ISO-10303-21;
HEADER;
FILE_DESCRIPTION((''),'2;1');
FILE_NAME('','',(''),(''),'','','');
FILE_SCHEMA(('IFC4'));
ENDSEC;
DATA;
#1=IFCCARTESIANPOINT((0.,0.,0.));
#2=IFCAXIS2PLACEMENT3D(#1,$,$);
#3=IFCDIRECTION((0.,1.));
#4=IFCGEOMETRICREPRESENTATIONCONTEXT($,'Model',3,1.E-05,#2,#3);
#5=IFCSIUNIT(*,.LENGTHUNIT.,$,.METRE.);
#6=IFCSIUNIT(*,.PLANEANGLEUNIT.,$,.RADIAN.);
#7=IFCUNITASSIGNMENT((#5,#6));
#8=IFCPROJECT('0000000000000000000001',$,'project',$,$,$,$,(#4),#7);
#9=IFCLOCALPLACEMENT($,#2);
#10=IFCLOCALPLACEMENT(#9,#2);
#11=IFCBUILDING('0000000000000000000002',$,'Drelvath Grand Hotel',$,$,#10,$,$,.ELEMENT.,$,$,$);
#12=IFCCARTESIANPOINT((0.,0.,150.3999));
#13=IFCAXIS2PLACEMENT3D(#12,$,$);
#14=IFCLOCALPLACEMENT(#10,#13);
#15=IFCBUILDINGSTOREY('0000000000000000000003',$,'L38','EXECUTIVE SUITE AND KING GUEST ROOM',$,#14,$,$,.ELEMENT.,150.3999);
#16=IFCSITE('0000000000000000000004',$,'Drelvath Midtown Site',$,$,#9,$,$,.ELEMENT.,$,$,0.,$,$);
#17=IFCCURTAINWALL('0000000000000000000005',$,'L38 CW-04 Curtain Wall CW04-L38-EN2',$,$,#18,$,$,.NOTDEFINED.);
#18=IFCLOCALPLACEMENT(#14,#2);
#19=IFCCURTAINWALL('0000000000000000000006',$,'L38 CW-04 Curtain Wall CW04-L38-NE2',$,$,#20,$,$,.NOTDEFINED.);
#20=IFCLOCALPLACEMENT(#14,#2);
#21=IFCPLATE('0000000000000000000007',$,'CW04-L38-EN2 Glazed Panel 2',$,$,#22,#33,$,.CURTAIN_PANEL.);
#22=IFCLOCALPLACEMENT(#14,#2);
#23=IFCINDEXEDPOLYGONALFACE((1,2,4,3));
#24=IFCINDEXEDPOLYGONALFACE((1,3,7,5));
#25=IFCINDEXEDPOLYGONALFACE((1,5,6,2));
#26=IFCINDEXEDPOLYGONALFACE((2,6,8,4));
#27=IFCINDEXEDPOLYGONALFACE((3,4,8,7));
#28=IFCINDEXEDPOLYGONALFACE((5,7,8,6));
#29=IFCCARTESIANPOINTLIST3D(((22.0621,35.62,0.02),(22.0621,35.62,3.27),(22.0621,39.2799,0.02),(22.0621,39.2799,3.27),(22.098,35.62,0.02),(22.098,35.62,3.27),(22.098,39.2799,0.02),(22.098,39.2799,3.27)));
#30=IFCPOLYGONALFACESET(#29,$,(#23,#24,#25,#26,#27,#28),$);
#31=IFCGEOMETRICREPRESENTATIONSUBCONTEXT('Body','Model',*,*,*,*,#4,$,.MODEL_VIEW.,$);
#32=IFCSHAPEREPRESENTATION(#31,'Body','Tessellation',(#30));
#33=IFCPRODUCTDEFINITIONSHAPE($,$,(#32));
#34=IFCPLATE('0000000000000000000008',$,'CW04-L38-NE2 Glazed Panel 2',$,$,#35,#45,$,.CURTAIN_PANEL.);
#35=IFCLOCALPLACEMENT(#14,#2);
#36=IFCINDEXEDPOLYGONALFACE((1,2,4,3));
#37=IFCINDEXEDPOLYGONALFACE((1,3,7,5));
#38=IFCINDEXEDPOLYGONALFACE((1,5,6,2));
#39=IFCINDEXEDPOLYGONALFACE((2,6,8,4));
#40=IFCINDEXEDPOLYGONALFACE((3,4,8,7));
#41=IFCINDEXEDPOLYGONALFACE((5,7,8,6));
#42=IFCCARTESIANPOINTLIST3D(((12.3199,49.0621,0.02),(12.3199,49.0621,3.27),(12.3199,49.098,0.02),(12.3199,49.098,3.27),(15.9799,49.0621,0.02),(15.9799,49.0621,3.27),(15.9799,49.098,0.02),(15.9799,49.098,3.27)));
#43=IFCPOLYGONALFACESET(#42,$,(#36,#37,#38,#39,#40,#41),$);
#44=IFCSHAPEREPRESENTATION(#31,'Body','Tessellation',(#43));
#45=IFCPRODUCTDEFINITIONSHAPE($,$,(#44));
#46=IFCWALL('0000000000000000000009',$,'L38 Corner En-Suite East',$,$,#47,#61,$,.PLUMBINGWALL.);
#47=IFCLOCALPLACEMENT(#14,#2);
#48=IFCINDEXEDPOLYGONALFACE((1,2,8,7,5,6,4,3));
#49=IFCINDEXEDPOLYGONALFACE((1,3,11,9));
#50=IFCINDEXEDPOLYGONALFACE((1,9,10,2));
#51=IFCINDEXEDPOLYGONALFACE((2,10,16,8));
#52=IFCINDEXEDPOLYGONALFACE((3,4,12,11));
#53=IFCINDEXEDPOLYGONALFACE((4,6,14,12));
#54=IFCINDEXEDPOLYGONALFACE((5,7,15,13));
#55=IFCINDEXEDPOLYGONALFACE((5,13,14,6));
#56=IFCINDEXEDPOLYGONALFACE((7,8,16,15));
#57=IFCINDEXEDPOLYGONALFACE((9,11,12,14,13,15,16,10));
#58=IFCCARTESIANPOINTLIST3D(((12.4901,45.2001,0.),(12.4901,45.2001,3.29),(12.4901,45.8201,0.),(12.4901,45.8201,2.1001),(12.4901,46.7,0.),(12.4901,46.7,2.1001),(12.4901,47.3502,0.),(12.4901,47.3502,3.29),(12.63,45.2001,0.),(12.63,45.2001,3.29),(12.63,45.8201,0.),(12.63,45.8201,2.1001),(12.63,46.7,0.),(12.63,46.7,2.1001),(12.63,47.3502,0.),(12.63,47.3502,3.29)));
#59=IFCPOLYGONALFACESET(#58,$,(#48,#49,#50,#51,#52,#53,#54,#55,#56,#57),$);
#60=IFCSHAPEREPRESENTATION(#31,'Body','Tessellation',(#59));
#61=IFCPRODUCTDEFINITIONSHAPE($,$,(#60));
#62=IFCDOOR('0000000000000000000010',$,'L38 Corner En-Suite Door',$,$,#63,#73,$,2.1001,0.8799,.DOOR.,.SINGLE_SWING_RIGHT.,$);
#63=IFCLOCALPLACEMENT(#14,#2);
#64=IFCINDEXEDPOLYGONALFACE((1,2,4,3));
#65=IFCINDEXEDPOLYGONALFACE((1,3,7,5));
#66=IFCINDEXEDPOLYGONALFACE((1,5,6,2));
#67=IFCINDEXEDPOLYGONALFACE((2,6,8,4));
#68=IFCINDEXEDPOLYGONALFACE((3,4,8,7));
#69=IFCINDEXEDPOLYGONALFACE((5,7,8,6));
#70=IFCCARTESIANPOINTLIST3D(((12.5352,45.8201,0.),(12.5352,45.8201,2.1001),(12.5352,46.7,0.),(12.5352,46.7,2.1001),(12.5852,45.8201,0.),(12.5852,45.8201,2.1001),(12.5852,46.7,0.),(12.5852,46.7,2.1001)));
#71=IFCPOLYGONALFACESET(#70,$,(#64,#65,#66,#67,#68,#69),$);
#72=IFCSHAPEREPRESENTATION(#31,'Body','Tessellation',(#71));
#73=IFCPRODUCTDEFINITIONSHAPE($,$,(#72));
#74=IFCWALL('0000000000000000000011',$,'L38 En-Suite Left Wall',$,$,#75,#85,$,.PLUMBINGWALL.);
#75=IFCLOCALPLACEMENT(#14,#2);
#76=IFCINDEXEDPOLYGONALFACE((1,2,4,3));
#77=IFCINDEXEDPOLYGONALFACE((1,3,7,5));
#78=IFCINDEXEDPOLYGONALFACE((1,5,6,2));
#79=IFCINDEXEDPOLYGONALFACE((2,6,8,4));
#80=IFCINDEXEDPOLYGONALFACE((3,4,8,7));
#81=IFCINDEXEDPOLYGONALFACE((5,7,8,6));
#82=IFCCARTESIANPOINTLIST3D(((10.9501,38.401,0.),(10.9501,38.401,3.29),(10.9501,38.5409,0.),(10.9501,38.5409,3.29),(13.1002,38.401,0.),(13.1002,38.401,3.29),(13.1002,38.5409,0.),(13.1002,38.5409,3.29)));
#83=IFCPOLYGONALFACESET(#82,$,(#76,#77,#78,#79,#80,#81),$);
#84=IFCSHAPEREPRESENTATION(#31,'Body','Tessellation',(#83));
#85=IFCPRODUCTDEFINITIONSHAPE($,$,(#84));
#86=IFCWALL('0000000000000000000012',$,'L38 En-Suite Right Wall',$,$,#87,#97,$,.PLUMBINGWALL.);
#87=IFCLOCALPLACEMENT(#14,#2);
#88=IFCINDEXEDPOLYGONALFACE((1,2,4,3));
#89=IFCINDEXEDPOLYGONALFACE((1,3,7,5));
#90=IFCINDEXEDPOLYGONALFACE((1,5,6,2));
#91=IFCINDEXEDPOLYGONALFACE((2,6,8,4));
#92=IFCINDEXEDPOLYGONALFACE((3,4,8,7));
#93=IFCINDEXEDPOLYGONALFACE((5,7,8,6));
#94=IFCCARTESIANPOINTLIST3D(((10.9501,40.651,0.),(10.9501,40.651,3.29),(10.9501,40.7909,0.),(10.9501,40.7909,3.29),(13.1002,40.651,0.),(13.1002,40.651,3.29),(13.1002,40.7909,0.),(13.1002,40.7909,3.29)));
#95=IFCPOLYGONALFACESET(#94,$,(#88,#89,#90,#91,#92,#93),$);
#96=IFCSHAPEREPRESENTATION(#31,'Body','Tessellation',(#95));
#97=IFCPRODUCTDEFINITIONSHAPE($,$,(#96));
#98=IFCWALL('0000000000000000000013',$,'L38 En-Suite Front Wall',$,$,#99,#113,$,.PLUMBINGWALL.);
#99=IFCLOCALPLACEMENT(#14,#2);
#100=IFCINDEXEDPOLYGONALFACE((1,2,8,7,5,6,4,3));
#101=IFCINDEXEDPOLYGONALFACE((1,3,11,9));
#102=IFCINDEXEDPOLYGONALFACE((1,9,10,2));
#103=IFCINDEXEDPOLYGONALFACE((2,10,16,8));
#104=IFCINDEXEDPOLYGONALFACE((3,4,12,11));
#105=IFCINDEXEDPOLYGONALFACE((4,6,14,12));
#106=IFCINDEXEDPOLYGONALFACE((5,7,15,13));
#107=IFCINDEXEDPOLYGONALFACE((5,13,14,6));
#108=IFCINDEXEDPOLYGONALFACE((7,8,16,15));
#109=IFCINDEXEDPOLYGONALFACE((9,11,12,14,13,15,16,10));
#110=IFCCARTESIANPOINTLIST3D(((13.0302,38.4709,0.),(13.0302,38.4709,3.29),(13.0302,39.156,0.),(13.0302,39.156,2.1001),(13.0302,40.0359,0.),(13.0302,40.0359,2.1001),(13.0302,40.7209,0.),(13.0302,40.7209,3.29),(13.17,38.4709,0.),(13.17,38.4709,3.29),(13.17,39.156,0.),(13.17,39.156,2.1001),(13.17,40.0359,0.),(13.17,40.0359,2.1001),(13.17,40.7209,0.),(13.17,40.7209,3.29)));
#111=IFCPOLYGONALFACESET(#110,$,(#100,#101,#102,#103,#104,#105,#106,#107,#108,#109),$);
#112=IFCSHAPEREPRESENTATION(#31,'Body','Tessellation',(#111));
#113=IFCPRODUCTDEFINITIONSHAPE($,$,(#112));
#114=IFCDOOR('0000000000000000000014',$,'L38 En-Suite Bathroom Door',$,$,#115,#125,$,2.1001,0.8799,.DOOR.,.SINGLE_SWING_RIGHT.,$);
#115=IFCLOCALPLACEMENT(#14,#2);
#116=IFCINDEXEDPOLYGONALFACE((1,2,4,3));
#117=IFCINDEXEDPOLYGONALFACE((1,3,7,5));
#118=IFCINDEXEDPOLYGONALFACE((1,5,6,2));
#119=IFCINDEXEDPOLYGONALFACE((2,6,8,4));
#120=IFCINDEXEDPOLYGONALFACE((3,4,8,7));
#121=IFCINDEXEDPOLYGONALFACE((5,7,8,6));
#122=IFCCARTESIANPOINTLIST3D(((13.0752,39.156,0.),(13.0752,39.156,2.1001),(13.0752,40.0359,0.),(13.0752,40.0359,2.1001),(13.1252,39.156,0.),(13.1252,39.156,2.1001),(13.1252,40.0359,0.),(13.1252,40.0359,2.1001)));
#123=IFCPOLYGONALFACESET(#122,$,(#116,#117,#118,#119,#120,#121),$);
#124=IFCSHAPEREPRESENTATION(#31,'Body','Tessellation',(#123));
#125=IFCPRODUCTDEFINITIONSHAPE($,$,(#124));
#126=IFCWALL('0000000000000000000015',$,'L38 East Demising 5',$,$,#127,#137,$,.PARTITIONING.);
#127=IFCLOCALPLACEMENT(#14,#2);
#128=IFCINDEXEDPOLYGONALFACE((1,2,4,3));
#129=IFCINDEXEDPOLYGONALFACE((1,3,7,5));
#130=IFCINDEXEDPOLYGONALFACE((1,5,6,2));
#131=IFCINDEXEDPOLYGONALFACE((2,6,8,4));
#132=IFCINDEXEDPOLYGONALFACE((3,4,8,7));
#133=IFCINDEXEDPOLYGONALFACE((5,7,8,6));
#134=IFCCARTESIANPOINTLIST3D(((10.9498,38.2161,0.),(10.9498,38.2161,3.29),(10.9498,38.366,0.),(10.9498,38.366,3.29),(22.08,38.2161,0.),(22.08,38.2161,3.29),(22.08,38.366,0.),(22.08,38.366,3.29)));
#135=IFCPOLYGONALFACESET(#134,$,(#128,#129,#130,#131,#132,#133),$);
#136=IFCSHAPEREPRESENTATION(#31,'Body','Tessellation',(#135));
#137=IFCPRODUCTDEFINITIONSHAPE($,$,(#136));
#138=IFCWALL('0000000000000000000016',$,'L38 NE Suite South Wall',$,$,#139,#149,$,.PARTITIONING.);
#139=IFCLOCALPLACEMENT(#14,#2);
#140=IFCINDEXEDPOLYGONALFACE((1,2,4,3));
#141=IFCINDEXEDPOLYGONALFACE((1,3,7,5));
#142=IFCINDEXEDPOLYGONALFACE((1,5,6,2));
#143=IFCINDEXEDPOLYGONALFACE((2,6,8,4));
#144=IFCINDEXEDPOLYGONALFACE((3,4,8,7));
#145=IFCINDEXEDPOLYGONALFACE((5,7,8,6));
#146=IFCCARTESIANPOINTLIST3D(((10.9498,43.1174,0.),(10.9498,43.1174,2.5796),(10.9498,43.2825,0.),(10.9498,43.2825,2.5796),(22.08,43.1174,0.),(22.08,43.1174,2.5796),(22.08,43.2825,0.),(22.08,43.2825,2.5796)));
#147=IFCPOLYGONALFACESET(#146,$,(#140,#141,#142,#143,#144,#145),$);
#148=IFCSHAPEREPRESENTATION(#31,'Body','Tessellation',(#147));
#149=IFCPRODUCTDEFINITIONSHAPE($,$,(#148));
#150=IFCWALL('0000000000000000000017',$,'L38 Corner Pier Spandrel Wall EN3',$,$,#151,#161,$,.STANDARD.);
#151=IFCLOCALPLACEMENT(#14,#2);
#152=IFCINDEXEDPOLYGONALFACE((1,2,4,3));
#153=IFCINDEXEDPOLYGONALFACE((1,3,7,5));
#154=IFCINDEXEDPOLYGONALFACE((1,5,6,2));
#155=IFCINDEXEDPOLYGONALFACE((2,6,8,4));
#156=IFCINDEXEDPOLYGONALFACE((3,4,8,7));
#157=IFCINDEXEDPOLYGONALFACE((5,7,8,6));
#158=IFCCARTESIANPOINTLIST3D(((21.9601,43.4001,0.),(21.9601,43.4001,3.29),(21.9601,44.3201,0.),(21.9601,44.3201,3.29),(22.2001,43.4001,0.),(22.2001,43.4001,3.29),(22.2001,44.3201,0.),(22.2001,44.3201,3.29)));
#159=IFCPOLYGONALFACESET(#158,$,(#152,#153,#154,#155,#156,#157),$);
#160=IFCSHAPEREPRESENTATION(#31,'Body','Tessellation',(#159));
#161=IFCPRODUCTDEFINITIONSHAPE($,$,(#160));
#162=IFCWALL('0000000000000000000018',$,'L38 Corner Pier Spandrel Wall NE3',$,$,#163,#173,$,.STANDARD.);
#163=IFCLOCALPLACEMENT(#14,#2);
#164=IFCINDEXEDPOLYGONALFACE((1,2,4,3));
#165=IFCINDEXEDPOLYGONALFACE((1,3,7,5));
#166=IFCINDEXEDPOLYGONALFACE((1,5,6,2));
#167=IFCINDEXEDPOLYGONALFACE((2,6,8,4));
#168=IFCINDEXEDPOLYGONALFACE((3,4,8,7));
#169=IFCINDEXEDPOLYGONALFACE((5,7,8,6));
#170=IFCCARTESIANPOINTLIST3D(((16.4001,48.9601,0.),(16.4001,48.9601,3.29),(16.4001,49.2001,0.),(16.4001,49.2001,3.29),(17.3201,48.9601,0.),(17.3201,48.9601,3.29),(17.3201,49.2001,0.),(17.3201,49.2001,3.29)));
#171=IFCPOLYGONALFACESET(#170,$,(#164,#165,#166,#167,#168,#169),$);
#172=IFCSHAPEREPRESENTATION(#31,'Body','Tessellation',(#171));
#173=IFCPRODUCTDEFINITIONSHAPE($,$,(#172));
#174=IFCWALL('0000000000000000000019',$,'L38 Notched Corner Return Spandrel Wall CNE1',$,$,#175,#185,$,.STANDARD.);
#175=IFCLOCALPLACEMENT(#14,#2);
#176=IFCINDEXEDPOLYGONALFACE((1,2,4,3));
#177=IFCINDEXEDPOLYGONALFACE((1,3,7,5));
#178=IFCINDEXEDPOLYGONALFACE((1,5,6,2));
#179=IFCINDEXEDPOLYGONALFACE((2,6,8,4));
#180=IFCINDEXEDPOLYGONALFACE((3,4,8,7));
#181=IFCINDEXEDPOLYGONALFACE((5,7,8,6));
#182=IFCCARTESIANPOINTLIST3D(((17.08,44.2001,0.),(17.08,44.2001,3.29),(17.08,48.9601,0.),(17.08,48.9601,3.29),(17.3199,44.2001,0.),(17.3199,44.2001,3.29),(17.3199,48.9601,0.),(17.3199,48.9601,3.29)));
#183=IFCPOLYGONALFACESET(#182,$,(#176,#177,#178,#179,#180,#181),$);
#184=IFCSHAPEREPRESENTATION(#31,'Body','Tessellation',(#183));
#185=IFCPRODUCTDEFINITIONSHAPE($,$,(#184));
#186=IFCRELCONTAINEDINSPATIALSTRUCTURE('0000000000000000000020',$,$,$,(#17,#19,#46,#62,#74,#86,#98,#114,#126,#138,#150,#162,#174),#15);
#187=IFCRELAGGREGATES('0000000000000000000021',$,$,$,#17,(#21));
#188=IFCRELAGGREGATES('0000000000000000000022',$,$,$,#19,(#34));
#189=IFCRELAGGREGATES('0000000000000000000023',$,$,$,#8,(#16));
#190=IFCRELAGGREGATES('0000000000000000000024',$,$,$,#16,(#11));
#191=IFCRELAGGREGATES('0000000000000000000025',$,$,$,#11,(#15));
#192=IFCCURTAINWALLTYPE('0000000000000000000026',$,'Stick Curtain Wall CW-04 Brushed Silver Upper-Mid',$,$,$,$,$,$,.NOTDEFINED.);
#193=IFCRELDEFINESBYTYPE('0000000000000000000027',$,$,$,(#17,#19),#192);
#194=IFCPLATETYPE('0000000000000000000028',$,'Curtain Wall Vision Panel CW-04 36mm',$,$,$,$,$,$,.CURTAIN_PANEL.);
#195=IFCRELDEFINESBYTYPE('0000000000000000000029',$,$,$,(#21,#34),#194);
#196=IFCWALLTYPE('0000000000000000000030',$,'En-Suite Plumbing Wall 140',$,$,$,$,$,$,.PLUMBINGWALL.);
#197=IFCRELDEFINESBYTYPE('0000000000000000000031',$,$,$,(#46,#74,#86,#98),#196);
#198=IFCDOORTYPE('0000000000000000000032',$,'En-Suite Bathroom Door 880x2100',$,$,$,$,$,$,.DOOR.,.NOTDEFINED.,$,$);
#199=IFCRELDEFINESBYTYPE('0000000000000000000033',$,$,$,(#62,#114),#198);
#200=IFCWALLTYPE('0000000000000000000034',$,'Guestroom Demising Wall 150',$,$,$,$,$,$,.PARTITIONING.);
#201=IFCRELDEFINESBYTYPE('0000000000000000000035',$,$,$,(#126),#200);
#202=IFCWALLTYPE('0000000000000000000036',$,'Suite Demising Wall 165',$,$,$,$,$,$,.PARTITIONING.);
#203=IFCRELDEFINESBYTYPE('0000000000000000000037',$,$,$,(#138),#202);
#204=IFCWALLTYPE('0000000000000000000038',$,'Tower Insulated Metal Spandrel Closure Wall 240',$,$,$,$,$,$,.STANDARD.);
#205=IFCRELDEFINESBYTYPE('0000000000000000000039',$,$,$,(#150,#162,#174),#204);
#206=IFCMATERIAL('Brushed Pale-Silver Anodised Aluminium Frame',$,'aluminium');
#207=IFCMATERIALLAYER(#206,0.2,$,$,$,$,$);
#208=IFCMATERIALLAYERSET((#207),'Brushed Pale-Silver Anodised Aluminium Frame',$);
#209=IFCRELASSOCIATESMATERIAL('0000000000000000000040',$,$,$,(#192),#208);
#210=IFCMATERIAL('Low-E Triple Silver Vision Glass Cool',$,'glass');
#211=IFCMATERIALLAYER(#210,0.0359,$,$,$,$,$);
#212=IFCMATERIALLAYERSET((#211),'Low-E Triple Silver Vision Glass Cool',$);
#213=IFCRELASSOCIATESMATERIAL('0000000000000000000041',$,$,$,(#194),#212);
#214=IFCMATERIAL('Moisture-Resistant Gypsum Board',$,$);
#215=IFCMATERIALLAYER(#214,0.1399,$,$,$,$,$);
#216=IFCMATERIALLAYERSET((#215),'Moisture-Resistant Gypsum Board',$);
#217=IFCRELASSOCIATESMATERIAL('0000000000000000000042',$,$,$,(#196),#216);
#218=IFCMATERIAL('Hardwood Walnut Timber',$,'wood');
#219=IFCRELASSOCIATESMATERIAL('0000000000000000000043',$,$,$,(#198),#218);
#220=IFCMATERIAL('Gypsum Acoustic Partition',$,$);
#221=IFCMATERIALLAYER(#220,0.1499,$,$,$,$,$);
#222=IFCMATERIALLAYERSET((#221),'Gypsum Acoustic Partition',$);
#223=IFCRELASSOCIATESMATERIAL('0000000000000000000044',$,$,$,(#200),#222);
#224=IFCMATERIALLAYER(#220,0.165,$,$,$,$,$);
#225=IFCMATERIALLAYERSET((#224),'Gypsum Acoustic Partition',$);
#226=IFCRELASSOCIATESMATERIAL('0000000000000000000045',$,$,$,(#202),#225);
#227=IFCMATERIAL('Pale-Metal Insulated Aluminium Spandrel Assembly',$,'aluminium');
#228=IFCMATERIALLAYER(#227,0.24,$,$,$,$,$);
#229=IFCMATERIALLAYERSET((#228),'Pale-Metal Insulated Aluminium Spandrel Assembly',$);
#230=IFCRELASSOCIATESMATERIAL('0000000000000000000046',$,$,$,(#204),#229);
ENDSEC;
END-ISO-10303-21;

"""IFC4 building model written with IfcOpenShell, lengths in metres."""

from ifc_helpers import new_model, si_unit, direction, frame, frame_2d, origin, origin_2d, place, context, subcontext, project, spatial, rectangle, extrude, material, layer, layer_set, type_object, element, fill, aggregate, save


model = new_model("IFC4")

# Units and contexts
model_context = context("Model", 3, precision=1e-05, world=origin(), true_north=direction((0.0, 1.0)))
body_context = subcontext(model_context, "Body", "Model", "MODEL_VIEW")
ifc_project = project(units=[si_unit("LENGTHUNIT", "METRE"), si_unit("PLANEANGLEUNIT", "RADIAN")], contexts=[model_context])

# Site, building, storey
site_placement = place(None, origin())
site = spatial("IfcSite", under=ifc_project, at=site_placement, Name="Drelvath Midtown Site", CompositionType="ELEMENT", RefElevation=0.0)
building_placement = place(site_placement, origin())
building = spatial("IfcBuilding", under=site, at=building_placement, Name="Drelvath Grand Hotel", CompositionType="ELEMENT")
storey_placement = place(building_placement, frame((0.0, 0.0, 150.3999)))
storey = spatial("IfcBuildingStorey", under=building, at=storey_placement, Name="L38", Description="EXECUTIVE SUITE AND KING GUEST ROOM", CompositionType="ELEMENT", Elevation=150.3999)

# Curtain walls
ifc_material_1 = material(Name="Brushed Pale-Silver Anodised Aluminium Frame", Category="aluminium")
ifc_layer_1 = layer(ifc_material_1, 0.2)
ifc_layer_set_1 = layer_set([ifc_layer_1], Name="Brushed Pale-Silver Anodised Aluminium Frame")
curtain_wall_type = type_object("IfcCurtainWallType", Name="Stick Curtain Wall CW-04 Brushed Silver Upper-Mid", PredefinedType="NOTDEFINED", material=ifc_layer_set_1)
curtain_wall_1_placement = place(storey_placement, origin())
curtain_wall_1 = element("IfcCurtainWall", 1, at=curtain_wall_1_placement, inside=storey, type_object=curtain_wall_type, Name="L38 CW-04 Curtain Wall CW04-L38-EN2", PredefinedType="NOTDEFINED")
curtain_wall_2_placement = place(storey_placement, origin())
curtain_wall_2 = element("IfcCurtainWall", 2, at=curtain_wall_2_placement, inside=storey, type_object=curtain_wall_type, Name="L38 CW-04 Curtain Wall CW04-L38-NE2", PredefinedType="NOTDEFINED")

# Plates
ifc_material_2 = material(Name="Low-E Triple Silver Vision Glass Cool", Category="glass")
ifc_layer_2 = layer(ifc_material_2, 0.0359)
ifc_layer_set_2 = layer_set([ifc_layer_2], Name="Low-E Triple Silver Vision Glass Cool")
plate_type = type_object("IfcPlateType", Name="Curtain Wall Vision Panel CW-04 36mm", PredefinedType="CURTAIN_PANEL", material=ifc_layer_set_2)
plate_1_placement = place(storey_placement, frame((22.0801, 37.45, 0.02), z_axis=(0.0, 0.0, 1.0), x_axis=(0.0, -1.0, 0.0)))
plate_1 = element("IfcPlate", 3, at=plate_1_placement, type_object=plate_type, Name="CW04-L38-EN2 Glazed Panel 2", PredefinedType="CURTAIN_PANEL", context=body_context, shape_type="SweptSolid", body=[
    extrude(rectangle(XDim=3.6599, YDim=0.0359, at=origin_2d()), origin(), (0.0, 0.0, 1.0), 3.25),
])
aggregate(curtain_wall_1, [plate_1])
plate_2_placement = place(storey_placement, frame((14.1499, 49.0801, 0.02), z_axis=(0.0, 0.0, 1.0), x_axis=(1.0, 0.0, 0.0)))
plate_2 = element("IfcPlate", 4, at=plate_2_placement, type_object=plate_type, Name="CW04-L38-NE2 Glazed Panel 2", PredefinedType="CURTAIN_PANEL", context=body_context, shape_type="SweptSolid", body=[
    extrude(rectangle(XDim=3.6599, YDim=0.0359, at=origin_2d()), origin(), (0.0, 0.0, 1.0), 3.25),
])
aggregate(curtain_wall_2, [plate_2])

# Wall, opening, door
ifc_material_3 = material(Name="Moisture-Resistant Gypsum Board")
ifc_layer_3 = layer(ifc_material_3, 0.1399)
ifc_layer_set_3 = layer_set([ifc_layer_3], Name="Moisture-Resistant Gypsum Board")
wall_type_1 = type_object("IfcWallType", Name="En-Suite Plumbing Wall 140", PredefinedType="PLUMBINGWALL", material=ifc_layer_set_3)
wall_1_placement = place(storey_placement, frame((12.5601, 45.2, 0.0), z_axis=(0.0, 0.0, 1.0), x_axis=(0.0, 1.0, 0.0)))
wall_1 = element("IfcWall", 5, at=wall_1_placement, inside=storey, type_object=wall_type_1, Name="L38 Corner En-Suite East", PredefinedType="PLUMBINGWALL", context=body_context, shape_type="SweptSolid", body=[
    extrude(rectangle(XDim=2.1501, YDim=0.1399, at=frame_2d((1.0752, 0.0))), origin(), (0.0, 0.0, 1.0), 3.29),
])
opening_1_placement = place(wall_1_placement, frame((0.6201, 0.0, 0.0)))
opening_1 = element("IfcOpeningElement", 6, at=opening_1_placement, cuts=wall_1, PredefinedType="OPENING", context=body_context, shape_type="SweptSolid", body=[
    extrude(rectangle(XDim=0.8799, YDim=2.1001, at=frame_2d((0.4399, 1.05))), frame((0.0, 0.0798, 0.0), z_axis=(0.0, -1.0, 0.0), x_axis=(1.0, 0.0, 0.0)), (0.0, 0.0, 1.0), 0.1599),
])
ifc_material_4 = material(Name="Hardwood Walnut Timber", Category="wood")
door_type = type_object("IfcDoorType", Name="En-Suite Bathroom Door 880x2100", OperationType="NOTDEFINED", PredefinedType="DOOR", material=ifc_material_4)
door_1_placement = place(opening_1_placement, origin())
door_1 = element("IfcDoor", 7, at=door_1_placement, inside=storey, type_object=door_type, Name="L38 Corner En-Suite Door", OperationType="SINGLE_SWING_RIGHT", OverallHeight=2.1001, OverallWidth=0.8799, PredefinedType="DOOR", context=body_context, shape_type="SweptSolid", body=[
    extrude(rectangle(XDim=0.8799, YDim=2.1001, at=frame_2d((0.4399, 1.05))), frame((0.0, 0.0249, 0.0), z_axis=(0.0, -1.0, 0.0), x_axis=(1.0, 0.0, 0.0)), (0.0, 0.0, 1.0), 0.05),
])
fill(opening_1, door_1)

# Walls
for number, where, z_axis, x_axis, name in (
    (8, (10.95, 38.4709, 0.0), (0.0, 0.0, 1.0), (1.0, 0.0, 0.0), "L38 En-Suite Left Wall"),
    (9, (10.95, 40.7209, 0.0), (0.0, 0.0, 1.0), (1.0, 0.0, 0.0), "L38 En-Suite Right Wall"),
):
    element("IfcWall", number, at=place(storey_placement, frame(where, z_axis=z_axis, x_axis=x_axis)), inside=storey, type_object=wall_type_1, Name=name, PredefinedType="PLUMBINGWALL", context=body_context, shape_type="SweptSolid", body=[
        extrude(rectangle(XDim=2.1501, YDim=0.1399, at=frame_2d((1.0752, 0.0))), origin(), (0.0, 0.0, 1.0), 3.29),
    ])

# Wall, opening, door
wall_2_placement = place(storey_placement, frame((13.1001, 38.4709, 0.0), z_axis=(0.0, 0.0, 1.0), x_axis=(0.0, 1.0, 0.0)))
wall_2 = element("IfcWall", 10, at=wall_2_placement, inside=storey, type_object=wall_type_1, Name="L38 En-Suite Front Wall", PredefinedType="PLUMBINGWALL", context=body_context, shape_type="SweptSolid", body=[
    extrude(rectangle(XDim=2.25, YDim=0.1399, at=frame_2d((1.125, 0.0))), origin(), (0.0, 0.0, 1.0), 3.29),
])
opening_2_placement = place(wall_2_placement, frame((0.6851, 0.0, 0.0)))
opening_2 = element("IfcOpeningElement", 11, at=opening_2_placement, cuts=wall_2, PredefinedType="OPENING", context=body_context, shape_type="SweptSolid", body=[
    extrude(rectangle(XDim=0.8799, YDim=2.1001, at=frame_2d((0.4399, 1.05))), frame((0.0, 0.0798, 0.0), z_axis=(0.0, -1.0, 0.0), x_axis=(1.0, 0.0, 0.0)), (0.0, 0.0, 1.0), 0.1599),
])
door_2_placement = place(opening_2_placement, origin())
door_2 = element("IfcDoor", 12, at=door_2_placement, inside=storey, type_object=door_type, Name="L38 En-Suite Bathroom Door", OperationType="SINGLE_SWING_RIGHT", OverallHeight=2.1001, OverallWidth=0.8799, PredefinedType="DOOR", context=body_context, shape_type="SweptSolid", body=[
    extrude(rectangle(XDim=0.8799, YDim=2.1001, at=frame_2d((0.4399, 1.05))), frame((0.0, 0.0249, 0.0), z_axis=(0.0, -1.0, 0.0), x_axis=(1.0, 0.0, 0.0)), (0.0, 0.0, 1.0), 0.05),
])
fill(opening_2, door_2)

# Walls
ifc_material_5 = material(Name="Gypsum Acoustic Partition")
ifc_layer_4 = layer(ifc_material_5, 0.1499)
ifc_layer_set_4 = layer_set([ifc_layer_4], Name="Gypsum Acoustic Partition")
wall_type_2 = type_object("IfcWallType", Name="Guestroom Demising Wall 150", PredefinedType="PARTITIONING", material=ifc_layer_set_4)
wall_3_placement = place(storey_placement, frame((10.95, 38.291, 0.0), z_axis=(0.0, 0.0, 1.0), x_axis=(1.0, 0.0, 0.0)))
element("IfcWall", 13, at=wall_3_placement, inside=storey, type_object=wall_type_2, Name="L38 East Demising 5", PredefinedType="PARTITIONING", context=body_context, shape_type="SweptSolid", body=[
    extrude(rectangle(XDim=11.1301, YDim=0.1499, at=frame_2d((5.5649, 0.0))), origin(), (0.0, 0.0, 1.0), 3.29),
])
ifc_layer_5 = layer(ifc_material_5, 0.165)
ifc_layer_set_5 = layer_set([ifc_layer_5], Name="Gypsum Acoustic Partition")
wall_type_3 = type_object("IfcWallType", Name="Suite Demising Wall 165", PredefinedType="PARTITIONING", material=ifc_layer_set_5)
wall_4_placement = place(storey_placement, frame((10.95, 43.2, 0.0), z_axis=(0.0, 0.0, 1.0), x_axis=(1.0, 0.0, 0.0)))
element("IfcWall", 14, at=wall_4_placement, inside=storey, type_object=wall_type_3, Name="L38 NE Suite South Wall", PredefinedType="PARTITIONING", context=body_context, shape_type="SweptSolid", body=[
    extrude(rectangle(XDim=11.1301, YDim=0.165, at=frame_2d((5.5649, 0.0))), origin(), (0.0, 0.0, 1.0), 2.5796),
])
ifc_material_6 = material(Name="Pale-Metal Insulated Aluminium Spandrel Assembly", Category="aluminium")
ifc_layer_6 = layer(ifc_material_6, 0.24)
ifc_layer_set_6 = layer_set([ifc_layer_6], Name="Pale-Metal Insulated Aluminium Spandrel Assembly")
wall_type_4 = type_object("IfcWallType", Name="Tower Insulated Metal Spandrel Closure Wall 240", PredefinedType="STANDARD", material=ifc_layer_set_6)
for number, where, z_axis, x_axis, name in (
    (15, (22.0801, 44.3201, 0.0), (0.0, 0.0, 1.0), (0.0, -1.0, 0.0), "L38 Corner Pier Spandrel Wall EN3"),
    (16, (16.4001, 49.0801, 0.0), (0.0, 0.0, 1.0), (1.0, 0.0, 0.0), "L38 Corner Pier Spandrel Wall NE3"),
):
    element("IfcWall", number, at=place(storey_placement, frame(where, z_axis=z_axis, x_axis=x_axis)), inside=storey, type_object=wall_type_4, Name=name, PredefinedType="STANDARD", context=body_context, shape_type="SweptSolid", body=[
        extrude(rectangle(XDim=0.9199, YDim=0.24, at=frame_2d((0.46, 0.0))), origin(), (0.0, 0.0, 1.0), 3.29),
    ])
for number, where, z_axis, x_axis, name in (
    (17, (17.2, 48.96, 0.0), (0.0, 0.0, 1.0), (0.0, -1.0, 0.0), "L38 Notched Corner Return Spandrel Wall CNE1"),
):
    element("IfcWall", number, at=place(storey_placement, frame(where, z_axis=z_axis, x_axis=x_axis)), inside=storey, type_object=wall_type_4, Name=name, PredefinedType="STANDARD", context=body_context, shape_type="SweptSolid", body=[
        extrude(rectangle(XDim=4.76, YDim=0.24, at=frame_2d((2.3799, 0.0))), origin(), (0.0, 0.0, 1.0), 3.29),
    ])

save(model, "model.ifc")
